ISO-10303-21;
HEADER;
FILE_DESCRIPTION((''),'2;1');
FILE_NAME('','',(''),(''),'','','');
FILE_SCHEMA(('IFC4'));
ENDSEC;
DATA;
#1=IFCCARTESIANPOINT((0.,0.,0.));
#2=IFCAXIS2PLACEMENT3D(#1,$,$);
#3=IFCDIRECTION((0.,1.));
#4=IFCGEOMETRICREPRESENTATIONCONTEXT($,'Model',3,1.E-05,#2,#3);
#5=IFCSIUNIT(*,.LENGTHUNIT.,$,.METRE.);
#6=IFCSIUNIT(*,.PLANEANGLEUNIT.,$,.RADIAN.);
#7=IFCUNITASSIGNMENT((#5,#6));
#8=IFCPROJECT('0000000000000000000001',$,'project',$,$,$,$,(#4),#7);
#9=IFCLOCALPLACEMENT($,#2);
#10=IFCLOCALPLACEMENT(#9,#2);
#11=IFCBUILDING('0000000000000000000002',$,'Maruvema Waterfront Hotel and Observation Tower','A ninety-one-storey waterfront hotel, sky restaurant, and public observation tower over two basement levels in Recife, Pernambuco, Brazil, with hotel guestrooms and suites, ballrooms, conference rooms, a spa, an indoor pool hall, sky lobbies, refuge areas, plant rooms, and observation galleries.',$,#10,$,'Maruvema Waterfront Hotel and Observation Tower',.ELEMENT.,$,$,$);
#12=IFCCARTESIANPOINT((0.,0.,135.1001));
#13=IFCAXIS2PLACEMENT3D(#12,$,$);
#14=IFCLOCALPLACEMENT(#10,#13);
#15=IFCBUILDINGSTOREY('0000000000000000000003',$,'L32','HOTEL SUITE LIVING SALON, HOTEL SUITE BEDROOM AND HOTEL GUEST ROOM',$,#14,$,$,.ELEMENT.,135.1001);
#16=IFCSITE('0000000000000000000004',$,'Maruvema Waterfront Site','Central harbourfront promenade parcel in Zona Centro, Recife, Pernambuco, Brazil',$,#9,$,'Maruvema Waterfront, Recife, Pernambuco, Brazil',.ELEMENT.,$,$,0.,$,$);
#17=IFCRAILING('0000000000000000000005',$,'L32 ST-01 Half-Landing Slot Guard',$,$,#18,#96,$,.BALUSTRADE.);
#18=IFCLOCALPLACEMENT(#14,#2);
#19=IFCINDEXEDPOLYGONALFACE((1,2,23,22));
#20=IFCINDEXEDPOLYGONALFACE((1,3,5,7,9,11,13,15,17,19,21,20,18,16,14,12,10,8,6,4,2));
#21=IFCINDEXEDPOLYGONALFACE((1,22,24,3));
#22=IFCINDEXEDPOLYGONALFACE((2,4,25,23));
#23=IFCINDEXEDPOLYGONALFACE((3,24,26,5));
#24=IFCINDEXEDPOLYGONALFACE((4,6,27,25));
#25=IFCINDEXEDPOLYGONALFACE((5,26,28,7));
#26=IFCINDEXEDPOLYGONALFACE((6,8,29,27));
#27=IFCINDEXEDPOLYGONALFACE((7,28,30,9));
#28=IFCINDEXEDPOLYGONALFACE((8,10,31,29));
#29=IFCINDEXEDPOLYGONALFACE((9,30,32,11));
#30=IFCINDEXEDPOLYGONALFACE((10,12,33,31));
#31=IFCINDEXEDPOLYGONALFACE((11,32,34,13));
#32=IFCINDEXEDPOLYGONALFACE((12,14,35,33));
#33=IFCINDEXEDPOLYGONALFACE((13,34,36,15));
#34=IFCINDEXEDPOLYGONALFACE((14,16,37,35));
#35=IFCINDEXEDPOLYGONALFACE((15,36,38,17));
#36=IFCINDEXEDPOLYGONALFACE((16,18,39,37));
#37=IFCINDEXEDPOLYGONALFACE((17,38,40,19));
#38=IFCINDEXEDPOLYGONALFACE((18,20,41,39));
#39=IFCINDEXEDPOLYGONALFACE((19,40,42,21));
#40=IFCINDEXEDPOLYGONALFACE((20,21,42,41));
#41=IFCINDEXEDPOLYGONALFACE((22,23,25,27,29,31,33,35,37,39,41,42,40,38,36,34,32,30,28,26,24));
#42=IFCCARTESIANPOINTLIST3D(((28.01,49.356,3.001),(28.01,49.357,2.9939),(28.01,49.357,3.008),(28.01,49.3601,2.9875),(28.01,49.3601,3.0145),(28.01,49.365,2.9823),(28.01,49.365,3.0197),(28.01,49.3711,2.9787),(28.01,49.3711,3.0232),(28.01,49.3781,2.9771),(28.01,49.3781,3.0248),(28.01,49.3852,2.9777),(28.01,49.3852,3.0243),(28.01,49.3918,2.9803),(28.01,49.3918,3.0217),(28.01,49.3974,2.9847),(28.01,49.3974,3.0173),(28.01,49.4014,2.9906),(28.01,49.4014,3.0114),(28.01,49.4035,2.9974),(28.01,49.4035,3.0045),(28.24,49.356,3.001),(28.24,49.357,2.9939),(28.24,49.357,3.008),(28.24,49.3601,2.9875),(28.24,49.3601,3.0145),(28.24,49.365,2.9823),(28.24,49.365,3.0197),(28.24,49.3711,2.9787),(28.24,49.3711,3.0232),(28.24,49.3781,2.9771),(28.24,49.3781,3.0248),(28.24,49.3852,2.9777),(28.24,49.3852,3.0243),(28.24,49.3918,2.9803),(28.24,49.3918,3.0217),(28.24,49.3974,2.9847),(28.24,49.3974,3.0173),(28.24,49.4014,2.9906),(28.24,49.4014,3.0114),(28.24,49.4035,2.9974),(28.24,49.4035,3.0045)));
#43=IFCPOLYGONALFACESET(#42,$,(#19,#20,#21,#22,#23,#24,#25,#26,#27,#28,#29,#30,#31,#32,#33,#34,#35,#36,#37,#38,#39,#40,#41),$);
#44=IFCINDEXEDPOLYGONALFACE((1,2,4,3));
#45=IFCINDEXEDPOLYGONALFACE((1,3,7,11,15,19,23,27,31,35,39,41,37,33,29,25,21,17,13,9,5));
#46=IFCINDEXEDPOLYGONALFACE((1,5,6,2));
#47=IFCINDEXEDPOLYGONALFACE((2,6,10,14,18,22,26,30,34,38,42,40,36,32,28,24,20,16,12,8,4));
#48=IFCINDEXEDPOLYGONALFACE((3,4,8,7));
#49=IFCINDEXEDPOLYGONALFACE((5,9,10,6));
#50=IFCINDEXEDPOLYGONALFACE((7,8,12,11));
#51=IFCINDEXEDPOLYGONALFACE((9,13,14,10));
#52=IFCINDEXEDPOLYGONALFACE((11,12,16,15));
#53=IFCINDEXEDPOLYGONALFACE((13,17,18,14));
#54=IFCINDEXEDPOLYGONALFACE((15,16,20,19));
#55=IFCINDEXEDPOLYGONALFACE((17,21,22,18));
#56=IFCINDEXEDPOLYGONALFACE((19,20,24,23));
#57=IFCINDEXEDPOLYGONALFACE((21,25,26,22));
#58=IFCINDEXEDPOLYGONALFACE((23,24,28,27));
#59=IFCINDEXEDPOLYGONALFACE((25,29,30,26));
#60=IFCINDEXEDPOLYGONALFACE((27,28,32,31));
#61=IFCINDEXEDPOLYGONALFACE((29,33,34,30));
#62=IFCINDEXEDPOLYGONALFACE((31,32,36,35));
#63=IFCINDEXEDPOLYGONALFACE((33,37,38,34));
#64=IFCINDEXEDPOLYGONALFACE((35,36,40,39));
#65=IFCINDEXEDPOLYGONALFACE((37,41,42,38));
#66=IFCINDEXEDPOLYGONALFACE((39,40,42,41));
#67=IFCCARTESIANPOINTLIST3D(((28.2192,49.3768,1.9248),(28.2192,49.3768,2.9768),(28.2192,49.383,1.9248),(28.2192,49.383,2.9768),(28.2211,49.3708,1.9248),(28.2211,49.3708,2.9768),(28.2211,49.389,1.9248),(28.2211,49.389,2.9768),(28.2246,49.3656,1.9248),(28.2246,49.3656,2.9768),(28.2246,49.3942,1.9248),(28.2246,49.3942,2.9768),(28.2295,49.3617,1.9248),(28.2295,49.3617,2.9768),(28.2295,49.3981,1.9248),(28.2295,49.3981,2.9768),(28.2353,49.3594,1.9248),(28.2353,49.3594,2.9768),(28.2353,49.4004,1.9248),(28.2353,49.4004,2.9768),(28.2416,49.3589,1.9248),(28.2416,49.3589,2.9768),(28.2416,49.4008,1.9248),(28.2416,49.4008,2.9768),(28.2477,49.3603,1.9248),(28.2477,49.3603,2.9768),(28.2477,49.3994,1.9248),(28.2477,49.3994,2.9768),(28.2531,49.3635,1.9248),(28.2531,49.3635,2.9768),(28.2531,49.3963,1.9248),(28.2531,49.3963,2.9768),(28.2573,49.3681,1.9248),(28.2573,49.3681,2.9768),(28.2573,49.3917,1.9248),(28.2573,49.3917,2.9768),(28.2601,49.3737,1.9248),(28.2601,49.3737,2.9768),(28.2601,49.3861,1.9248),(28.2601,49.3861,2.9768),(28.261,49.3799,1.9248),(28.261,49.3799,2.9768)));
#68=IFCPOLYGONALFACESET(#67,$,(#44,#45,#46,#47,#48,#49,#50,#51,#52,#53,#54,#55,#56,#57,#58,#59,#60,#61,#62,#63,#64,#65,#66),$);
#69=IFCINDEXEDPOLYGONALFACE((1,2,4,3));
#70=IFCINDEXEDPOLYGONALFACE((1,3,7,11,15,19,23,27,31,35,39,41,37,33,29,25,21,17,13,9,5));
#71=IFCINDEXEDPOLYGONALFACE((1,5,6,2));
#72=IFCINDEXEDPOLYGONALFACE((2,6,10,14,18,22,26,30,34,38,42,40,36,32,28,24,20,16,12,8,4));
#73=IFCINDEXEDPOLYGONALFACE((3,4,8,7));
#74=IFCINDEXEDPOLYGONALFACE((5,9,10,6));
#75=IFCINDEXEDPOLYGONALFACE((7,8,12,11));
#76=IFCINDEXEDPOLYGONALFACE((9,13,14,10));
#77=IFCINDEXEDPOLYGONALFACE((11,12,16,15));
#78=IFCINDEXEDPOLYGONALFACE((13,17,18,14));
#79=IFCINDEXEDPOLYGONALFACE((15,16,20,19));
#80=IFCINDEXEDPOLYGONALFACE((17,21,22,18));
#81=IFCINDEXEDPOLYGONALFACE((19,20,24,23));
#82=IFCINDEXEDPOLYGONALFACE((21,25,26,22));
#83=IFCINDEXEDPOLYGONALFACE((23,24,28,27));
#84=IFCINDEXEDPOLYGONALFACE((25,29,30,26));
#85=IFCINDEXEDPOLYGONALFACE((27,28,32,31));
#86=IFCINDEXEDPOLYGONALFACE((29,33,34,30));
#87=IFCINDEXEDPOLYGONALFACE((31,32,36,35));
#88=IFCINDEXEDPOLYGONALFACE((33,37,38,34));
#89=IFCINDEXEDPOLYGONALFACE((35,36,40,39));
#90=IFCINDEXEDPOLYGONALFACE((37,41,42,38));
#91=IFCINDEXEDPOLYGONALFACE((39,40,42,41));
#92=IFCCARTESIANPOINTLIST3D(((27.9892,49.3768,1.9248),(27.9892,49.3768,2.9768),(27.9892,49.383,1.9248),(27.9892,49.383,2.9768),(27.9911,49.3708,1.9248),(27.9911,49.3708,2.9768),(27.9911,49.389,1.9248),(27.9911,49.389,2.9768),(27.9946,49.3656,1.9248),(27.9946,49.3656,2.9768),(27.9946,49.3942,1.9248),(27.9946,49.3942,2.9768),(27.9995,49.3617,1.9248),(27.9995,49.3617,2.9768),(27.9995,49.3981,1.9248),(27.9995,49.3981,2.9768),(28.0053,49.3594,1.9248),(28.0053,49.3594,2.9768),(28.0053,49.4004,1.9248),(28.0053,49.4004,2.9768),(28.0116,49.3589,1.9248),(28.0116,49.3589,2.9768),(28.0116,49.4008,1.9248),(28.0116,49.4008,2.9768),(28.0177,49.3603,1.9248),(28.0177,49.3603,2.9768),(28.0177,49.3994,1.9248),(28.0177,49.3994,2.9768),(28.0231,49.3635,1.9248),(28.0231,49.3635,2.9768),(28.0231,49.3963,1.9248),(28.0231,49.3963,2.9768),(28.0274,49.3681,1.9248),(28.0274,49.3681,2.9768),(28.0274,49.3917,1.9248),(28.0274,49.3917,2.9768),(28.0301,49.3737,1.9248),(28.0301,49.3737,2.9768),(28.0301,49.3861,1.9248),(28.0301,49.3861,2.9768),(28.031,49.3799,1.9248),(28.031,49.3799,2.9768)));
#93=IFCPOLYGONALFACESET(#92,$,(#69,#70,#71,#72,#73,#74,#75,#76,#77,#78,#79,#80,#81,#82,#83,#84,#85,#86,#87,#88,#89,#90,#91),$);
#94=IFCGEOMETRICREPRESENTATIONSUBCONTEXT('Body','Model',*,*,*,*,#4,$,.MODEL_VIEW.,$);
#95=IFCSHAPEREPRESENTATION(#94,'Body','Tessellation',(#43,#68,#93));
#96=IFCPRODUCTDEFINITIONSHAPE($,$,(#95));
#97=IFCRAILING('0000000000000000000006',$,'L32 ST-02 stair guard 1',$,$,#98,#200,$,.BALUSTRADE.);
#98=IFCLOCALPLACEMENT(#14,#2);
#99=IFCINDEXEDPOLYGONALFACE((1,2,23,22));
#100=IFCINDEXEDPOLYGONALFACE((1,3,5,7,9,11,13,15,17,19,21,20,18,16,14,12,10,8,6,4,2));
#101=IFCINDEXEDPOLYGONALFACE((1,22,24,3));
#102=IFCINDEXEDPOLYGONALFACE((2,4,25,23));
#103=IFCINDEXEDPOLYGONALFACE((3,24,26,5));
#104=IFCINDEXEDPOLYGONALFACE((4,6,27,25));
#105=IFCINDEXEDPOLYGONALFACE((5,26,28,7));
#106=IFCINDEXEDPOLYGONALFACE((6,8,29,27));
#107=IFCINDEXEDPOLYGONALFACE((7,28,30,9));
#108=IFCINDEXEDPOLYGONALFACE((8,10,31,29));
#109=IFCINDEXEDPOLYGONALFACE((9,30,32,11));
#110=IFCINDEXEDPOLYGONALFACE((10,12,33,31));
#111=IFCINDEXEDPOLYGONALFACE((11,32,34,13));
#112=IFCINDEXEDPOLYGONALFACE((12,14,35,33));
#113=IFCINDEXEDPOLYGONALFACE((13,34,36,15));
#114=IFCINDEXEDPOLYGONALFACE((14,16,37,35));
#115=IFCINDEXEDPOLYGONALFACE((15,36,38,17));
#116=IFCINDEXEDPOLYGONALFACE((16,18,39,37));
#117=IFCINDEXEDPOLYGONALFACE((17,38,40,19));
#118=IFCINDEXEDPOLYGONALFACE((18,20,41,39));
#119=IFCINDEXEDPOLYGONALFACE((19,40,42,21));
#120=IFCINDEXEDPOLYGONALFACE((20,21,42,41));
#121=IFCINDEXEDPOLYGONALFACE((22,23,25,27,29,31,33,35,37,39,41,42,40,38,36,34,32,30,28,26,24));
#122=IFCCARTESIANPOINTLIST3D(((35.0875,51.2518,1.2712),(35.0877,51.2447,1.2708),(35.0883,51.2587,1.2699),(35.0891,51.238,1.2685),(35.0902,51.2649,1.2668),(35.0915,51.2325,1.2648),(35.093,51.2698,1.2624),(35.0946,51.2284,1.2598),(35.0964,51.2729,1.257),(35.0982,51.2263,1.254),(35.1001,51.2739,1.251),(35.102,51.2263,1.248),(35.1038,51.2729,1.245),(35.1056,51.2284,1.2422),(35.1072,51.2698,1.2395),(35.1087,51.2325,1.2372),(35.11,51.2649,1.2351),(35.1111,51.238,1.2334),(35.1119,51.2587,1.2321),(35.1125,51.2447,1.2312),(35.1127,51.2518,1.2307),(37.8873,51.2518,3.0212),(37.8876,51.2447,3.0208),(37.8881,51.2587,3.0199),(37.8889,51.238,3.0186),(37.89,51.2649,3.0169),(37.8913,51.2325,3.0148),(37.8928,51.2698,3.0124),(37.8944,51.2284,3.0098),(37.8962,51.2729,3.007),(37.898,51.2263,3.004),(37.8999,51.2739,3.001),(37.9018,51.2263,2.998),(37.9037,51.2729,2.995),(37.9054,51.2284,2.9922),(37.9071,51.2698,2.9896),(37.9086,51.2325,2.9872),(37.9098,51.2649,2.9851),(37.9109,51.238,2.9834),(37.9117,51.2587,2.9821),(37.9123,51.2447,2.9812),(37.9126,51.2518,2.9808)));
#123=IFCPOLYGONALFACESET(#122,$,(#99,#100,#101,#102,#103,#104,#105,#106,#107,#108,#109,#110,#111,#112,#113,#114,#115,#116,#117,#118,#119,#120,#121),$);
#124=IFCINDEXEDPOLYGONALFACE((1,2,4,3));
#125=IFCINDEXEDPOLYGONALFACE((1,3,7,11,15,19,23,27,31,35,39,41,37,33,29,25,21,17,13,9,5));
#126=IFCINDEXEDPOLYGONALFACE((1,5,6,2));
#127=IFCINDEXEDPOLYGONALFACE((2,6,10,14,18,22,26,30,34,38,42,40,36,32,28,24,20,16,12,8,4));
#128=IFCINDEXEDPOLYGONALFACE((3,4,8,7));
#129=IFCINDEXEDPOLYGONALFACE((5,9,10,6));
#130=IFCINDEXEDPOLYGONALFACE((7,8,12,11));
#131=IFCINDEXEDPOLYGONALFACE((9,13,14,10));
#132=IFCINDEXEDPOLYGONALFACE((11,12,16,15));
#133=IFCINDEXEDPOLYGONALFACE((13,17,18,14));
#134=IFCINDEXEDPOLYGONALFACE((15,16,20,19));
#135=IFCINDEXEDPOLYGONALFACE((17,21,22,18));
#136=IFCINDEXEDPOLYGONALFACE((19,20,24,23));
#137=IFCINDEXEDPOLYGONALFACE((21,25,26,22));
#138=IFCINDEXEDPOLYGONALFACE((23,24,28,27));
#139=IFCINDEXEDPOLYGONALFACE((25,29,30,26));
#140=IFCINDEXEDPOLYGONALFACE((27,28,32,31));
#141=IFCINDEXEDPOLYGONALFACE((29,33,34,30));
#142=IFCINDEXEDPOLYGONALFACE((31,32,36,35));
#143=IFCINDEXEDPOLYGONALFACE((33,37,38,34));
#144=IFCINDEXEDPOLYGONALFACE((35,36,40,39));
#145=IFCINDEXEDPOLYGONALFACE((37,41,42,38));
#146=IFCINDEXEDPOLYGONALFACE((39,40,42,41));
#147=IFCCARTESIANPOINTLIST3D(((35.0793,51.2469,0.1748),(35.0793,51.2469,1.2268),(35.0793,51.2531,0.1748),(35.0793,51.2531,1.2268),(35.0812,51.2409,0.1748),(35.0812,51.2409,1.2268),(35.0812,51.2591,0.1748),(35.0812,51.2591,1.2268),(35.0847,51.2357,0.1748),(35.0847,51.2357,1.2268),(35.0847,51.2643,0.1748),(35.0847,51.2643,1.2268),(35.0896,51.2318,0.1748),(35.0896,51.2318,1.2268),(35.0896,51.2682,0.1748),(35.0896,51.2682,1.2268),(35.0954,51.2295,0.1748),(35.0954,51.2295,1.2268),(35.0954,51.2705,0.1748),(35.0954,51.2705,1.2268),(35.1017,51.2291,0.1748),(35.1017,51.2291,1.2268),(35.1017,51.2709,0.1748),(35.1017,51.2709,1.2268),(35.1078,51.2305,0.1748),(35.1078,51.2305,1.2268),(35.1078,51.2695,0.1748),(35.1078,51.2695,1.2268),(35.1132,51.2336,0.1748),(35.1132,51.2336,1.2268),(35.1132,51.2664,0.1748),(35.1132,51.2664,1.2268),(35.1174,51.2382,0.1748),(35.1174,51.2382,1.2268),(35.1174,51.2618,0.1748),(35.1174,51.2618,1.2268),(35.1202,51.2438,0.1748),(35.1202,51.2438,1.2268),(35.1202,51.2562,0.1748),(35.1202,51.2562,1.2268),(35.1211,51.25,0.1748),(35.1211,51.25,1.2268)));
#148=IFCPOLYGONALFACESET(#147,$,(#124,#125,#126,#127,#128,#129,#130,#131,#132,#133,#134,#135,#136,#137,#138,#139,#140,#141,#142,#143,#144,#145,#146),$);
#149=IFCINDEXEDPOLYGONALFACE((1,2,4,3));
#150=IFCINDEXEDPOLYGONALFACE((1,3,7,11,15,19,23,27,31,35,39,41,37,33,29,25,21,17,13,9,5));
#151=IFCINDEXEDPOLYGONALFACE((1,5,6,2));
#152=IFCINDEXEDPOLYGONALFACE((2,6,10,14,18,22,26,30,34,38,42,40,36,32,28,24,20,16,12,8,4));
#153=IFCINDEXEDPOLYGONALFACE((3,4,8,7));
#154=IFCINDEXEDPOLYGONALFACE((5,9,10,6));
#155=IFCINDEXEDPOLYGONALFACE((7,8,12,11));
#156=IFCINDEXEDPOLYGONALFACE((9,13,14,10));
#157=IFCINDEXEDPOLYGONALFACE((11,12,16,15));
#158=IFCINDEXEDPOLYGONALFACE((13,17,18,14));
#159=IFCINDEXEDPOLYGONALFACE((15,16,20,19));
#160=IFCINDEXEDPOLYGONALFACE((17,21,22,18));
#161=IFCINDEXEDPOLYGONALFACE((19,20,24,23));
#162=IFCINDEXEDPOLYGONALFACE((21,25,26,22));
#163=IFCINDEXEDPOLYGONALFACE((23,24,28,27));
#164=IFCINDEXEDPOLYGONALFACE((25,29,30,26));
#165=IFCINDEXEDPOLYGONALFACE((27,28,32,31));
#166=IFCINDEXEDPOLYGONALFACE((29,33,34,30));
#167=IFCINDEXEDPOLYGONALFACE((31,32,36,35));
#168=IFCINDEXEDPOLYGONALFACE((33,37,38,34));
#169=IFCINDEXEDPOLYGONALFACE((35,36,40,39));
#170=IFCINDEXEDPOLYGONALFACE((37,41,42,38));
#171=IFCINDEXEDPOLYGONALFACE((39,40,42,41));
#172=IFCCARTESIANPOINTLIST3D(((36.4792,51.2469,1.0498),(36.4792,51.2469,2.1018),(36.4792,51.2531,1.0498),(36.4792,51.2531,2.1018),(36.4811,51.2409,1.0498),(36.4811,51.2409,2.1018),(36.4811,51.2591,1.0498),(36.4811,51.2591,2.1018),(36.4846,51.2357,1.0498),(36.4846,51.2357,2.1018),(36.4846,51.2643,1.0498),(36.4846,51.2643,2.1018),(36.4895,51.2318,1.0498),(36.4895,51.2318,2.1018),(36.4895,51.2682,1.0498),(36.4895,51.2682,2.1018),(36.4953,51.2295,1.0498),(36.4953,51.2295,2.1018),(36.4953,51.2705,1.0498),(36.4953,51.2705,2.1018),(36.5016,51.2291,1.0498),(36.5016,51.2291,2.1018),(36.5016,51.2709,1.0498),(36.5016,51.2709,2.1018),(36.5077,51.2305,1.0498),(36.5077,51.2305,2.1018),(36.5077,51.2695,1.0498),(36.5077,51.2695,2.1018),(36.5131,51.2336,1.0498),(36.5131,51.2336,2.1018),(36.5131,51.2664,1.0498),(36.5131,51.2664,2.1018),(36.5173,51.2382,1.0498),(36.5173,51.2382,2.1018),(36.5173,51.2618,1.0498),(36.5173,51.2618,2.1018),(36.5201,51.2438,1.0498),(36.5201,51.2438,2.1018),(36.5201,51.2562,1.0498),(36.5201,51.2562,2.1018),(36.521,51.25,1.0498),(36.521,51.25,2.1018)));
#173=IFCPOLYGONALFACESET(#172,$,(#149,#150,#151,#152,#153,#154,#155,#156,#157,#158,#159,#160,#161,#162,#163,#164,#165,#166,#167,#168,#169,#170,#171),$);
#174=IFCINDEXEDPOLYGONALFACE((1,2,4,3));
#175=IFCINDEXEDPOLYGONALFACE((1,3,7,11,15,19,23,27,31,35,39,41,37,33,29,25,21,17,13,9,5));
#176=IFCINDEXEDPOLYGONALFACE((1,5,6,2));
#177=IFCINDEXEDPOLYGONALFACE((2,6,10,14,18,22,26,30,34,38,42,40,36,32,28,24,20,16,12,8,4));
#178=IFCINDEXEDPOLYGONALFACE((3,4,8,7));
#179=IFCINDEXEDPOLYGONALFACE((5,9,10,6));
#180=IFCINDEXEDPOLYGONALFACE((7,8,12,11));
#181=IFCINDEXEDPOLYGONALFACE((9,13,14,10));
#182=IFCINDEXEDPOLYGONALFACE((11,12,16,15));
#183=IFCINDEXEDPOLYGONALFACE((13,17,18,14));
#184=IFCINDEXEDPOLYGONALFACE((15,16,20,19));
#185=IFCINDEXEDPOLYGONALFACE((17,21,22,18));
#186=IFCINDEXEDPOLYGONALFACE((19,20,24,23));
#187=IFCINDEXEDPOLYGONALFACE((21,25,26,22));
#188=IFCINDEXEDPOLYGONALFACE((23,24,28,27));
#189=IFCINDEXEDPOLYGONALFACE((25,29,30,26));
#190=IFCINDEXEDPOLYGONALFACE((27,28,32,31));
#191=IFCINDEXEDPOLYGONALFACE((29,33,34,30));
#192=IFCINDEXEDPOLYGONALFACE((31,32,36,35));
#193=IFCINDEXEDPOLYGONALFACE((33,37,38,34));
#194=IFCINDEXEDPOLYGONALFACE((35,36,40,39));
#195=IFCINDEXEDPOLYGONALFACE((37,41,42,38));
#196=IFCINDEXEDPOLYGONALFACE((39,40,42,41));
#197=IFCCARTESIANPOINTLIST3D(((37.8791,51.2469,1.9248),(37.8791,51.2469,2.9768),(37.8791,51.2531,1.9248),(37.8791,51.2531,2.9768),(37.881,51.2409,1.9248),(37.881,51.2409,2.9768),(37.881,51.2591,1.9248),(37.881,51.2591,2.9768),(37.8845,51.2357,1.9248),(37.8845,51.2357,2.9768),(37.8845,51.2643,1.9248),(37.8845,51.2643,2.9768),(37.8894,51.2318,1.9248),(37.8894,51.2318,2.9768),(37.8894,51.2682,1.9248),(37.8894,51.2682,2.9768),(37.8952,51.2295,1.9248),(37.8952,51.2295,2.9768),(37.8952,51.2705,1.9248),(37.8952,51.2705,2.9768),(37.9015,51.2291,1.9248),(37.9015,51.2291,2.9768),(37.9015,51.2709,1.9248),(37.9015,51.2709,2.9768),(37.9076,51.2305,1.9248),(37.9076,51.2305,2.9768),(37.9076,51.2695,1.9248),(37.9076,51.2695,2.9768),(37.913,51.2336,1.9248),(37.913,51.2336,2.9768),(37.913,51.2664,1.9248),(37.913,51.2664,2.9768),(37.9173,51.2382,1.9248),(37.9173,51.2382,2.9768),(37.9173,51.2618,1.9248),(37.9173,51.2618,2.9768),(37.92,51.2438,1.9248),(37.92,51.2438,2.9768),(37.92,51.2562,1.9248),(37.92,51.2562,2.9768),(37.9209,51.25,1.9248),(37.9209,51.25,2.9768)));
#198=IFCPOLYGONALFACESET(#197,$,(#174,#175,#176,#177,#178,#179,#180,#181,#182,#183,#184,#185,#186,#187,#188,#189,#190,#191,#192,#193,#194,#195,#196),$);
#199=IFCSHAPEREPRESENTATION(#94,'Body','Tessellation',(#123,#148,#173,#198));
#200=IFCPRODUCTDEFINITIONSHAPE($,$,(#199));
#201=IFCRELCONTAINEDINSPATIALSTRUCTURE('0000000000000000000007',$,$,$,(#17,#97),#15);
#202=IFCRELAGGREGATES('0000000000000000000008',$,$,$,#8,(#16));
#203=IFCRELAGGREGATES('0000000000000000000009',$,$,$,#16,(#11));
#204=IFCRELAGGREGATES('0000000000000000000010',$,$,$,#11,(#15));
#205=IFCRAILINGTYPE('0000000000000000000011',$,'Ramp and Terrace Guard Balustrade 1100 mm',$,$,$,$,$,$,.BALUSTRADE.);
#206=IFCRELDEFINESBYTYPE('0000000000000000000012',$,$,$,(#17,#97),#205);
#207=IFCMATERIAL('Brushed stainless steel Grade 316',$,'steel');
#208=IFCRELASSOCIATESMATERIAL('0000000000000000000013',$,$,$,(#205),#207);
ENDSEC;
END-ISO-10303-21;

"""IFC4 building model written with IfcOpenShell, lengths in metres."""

from ifc_helpers import new_model, si_unit, direction, frame, origin, origin_2d, place, context, subcontext, project, spatial, circle, extrude, material, type_object, element, save


model = new_model("IFC4")

# Units and contexts
model_context = context("Model", 3, precision=1e-05, world=origin(), true_north=direction((0.0, 1.0)))
body_context = subcontext(model_context, "Body", "Model", "MODEL_VIEW")
ifc_project = project(units=[si_unit("LENGTHUNIT", "METRE"), si_unit("PLANEANGLEUNIT", "RADIAN")], contexts=[model_context])

# Site, building, storey
site_placement = place(None, origin())
site = spatial("IfcSite", under=ifc_project, at=site_placement, Name="Maruvema Waterfront Site", Description="Central harbourfront promenade parcel in Zona Centro, Recife, Pernambuco, Brazil", LongName="Maruvema Waterfront, Recife, Pernambuco, Brazil", CompositionType="ELEMENT", RefElevation=0.0)
building_placement = place(site_placement, origin())
building = spatial("IfcBuilding", under=site, at=building_placement, Name="Maruvema Waterfront Hotel and Observation Tower", Description="A ninety-one-storey waterfront hotel, sky restaurant, and public observation tower over two basement levels in Recife, Pernambuco, Brazil, with hotel guestrooms and suites, ballrooms, conference rooms, a spa, an indoor pool hall, sky lobbies, refuge areas, plant rooms, and observation galleries.", LongName="Maruvema Waterfront Hotel and Observation Tower", CompositionType="ELEMENT")
storey_placement = place(building_placement, frame((0.0, 0.0, 135.1001)))
storey = spatial("IfcBuildingStorey", under=building, at=storey_placement, Name="L32", Description="HOTEL SUITE LIVING SALON, HOTEL SUITE BEDROOM AND HOTEL GUEST ROOM", CompositionType="ELEMENT", Elevation=135.1001)

# Railings
ifc_material_1 = material(Name="Brushed stainless steel Grade 316", Category="steel")
railing_type_1 = type_object("IfcRailingType", Name="Ramp and Terrace Guard Balustrade 1100 mm", PredefinedType="BALUSTRADE", material=ifc_material_1)
railing_1_placement = place(storey_placement, frame((28.24, 49.3799, 1.9248)))
element("IfcRailing", 1, at=railing_1_placement, inside=storey, type_object=railing_type_1, Name="L32 ST-01 Half-Landing Slot Guard", PredefinedType="BALUSTRADE", context=body_context, shape_type="SweptSolid", body=[
    extrude(circle(Radius=0.0239, at=origin_2d()), frame((0.0, 0.0, 1.0762), z_axis=(-1.0, 0.0, 0.0), x_axis=(0.0, -1.0, 0.0)), (0.0, 0.0, 1.0), 0.23),
    extrude(circle(Radius=0.021, at=origin_2d()), origin(), (0.0, 0.0, 1.0), 1.052),
    extrude(circle(Radius=0.021, at=origin_2d()), frame((-0.23, 0.0, 0.0)), (0.0, 0.0, 1.0), 1.052),
])
railing_2_placement = place(storey_placement, frame((35.1001, 51.25, 0.1748)))
element("IfcRailing", 2, at=railing_2_placement, inside=storey, type_object=railing_type_1, Name="L32 ST-02 stair guard 1", PredefinedType="BALUSTRADE", context=body_context, shape_type="SweptSolid", body=[
    extrude(circle(Radius=0.0239, at=origin_2d()), frame((0.0, 0.0, 1.0762), z_axis=(0.847982, 0.0, 0.530026), x_axis=(0.0, 1.0, 0.0)), (0.0, 0.0, 1.0), 3.3018),
    extrude(circle(Radius=0.021, at=origin_2d()), origin(), (0.0, 0.0, 1.0), 1.052),
    extrude(circle(Radius=0.021, at=origin_2d()), frame((1.3999, 0.0, 0.875)), (0.0, 0.0, 1.0), 1.052),
    extrude(circle(Radius=0.021, at=origin_2d()), frame((2.7998, 0.0, 1.75)), (0.0, 0.0, 1.0), 1.052),
])

save(model, "model.ifc")
